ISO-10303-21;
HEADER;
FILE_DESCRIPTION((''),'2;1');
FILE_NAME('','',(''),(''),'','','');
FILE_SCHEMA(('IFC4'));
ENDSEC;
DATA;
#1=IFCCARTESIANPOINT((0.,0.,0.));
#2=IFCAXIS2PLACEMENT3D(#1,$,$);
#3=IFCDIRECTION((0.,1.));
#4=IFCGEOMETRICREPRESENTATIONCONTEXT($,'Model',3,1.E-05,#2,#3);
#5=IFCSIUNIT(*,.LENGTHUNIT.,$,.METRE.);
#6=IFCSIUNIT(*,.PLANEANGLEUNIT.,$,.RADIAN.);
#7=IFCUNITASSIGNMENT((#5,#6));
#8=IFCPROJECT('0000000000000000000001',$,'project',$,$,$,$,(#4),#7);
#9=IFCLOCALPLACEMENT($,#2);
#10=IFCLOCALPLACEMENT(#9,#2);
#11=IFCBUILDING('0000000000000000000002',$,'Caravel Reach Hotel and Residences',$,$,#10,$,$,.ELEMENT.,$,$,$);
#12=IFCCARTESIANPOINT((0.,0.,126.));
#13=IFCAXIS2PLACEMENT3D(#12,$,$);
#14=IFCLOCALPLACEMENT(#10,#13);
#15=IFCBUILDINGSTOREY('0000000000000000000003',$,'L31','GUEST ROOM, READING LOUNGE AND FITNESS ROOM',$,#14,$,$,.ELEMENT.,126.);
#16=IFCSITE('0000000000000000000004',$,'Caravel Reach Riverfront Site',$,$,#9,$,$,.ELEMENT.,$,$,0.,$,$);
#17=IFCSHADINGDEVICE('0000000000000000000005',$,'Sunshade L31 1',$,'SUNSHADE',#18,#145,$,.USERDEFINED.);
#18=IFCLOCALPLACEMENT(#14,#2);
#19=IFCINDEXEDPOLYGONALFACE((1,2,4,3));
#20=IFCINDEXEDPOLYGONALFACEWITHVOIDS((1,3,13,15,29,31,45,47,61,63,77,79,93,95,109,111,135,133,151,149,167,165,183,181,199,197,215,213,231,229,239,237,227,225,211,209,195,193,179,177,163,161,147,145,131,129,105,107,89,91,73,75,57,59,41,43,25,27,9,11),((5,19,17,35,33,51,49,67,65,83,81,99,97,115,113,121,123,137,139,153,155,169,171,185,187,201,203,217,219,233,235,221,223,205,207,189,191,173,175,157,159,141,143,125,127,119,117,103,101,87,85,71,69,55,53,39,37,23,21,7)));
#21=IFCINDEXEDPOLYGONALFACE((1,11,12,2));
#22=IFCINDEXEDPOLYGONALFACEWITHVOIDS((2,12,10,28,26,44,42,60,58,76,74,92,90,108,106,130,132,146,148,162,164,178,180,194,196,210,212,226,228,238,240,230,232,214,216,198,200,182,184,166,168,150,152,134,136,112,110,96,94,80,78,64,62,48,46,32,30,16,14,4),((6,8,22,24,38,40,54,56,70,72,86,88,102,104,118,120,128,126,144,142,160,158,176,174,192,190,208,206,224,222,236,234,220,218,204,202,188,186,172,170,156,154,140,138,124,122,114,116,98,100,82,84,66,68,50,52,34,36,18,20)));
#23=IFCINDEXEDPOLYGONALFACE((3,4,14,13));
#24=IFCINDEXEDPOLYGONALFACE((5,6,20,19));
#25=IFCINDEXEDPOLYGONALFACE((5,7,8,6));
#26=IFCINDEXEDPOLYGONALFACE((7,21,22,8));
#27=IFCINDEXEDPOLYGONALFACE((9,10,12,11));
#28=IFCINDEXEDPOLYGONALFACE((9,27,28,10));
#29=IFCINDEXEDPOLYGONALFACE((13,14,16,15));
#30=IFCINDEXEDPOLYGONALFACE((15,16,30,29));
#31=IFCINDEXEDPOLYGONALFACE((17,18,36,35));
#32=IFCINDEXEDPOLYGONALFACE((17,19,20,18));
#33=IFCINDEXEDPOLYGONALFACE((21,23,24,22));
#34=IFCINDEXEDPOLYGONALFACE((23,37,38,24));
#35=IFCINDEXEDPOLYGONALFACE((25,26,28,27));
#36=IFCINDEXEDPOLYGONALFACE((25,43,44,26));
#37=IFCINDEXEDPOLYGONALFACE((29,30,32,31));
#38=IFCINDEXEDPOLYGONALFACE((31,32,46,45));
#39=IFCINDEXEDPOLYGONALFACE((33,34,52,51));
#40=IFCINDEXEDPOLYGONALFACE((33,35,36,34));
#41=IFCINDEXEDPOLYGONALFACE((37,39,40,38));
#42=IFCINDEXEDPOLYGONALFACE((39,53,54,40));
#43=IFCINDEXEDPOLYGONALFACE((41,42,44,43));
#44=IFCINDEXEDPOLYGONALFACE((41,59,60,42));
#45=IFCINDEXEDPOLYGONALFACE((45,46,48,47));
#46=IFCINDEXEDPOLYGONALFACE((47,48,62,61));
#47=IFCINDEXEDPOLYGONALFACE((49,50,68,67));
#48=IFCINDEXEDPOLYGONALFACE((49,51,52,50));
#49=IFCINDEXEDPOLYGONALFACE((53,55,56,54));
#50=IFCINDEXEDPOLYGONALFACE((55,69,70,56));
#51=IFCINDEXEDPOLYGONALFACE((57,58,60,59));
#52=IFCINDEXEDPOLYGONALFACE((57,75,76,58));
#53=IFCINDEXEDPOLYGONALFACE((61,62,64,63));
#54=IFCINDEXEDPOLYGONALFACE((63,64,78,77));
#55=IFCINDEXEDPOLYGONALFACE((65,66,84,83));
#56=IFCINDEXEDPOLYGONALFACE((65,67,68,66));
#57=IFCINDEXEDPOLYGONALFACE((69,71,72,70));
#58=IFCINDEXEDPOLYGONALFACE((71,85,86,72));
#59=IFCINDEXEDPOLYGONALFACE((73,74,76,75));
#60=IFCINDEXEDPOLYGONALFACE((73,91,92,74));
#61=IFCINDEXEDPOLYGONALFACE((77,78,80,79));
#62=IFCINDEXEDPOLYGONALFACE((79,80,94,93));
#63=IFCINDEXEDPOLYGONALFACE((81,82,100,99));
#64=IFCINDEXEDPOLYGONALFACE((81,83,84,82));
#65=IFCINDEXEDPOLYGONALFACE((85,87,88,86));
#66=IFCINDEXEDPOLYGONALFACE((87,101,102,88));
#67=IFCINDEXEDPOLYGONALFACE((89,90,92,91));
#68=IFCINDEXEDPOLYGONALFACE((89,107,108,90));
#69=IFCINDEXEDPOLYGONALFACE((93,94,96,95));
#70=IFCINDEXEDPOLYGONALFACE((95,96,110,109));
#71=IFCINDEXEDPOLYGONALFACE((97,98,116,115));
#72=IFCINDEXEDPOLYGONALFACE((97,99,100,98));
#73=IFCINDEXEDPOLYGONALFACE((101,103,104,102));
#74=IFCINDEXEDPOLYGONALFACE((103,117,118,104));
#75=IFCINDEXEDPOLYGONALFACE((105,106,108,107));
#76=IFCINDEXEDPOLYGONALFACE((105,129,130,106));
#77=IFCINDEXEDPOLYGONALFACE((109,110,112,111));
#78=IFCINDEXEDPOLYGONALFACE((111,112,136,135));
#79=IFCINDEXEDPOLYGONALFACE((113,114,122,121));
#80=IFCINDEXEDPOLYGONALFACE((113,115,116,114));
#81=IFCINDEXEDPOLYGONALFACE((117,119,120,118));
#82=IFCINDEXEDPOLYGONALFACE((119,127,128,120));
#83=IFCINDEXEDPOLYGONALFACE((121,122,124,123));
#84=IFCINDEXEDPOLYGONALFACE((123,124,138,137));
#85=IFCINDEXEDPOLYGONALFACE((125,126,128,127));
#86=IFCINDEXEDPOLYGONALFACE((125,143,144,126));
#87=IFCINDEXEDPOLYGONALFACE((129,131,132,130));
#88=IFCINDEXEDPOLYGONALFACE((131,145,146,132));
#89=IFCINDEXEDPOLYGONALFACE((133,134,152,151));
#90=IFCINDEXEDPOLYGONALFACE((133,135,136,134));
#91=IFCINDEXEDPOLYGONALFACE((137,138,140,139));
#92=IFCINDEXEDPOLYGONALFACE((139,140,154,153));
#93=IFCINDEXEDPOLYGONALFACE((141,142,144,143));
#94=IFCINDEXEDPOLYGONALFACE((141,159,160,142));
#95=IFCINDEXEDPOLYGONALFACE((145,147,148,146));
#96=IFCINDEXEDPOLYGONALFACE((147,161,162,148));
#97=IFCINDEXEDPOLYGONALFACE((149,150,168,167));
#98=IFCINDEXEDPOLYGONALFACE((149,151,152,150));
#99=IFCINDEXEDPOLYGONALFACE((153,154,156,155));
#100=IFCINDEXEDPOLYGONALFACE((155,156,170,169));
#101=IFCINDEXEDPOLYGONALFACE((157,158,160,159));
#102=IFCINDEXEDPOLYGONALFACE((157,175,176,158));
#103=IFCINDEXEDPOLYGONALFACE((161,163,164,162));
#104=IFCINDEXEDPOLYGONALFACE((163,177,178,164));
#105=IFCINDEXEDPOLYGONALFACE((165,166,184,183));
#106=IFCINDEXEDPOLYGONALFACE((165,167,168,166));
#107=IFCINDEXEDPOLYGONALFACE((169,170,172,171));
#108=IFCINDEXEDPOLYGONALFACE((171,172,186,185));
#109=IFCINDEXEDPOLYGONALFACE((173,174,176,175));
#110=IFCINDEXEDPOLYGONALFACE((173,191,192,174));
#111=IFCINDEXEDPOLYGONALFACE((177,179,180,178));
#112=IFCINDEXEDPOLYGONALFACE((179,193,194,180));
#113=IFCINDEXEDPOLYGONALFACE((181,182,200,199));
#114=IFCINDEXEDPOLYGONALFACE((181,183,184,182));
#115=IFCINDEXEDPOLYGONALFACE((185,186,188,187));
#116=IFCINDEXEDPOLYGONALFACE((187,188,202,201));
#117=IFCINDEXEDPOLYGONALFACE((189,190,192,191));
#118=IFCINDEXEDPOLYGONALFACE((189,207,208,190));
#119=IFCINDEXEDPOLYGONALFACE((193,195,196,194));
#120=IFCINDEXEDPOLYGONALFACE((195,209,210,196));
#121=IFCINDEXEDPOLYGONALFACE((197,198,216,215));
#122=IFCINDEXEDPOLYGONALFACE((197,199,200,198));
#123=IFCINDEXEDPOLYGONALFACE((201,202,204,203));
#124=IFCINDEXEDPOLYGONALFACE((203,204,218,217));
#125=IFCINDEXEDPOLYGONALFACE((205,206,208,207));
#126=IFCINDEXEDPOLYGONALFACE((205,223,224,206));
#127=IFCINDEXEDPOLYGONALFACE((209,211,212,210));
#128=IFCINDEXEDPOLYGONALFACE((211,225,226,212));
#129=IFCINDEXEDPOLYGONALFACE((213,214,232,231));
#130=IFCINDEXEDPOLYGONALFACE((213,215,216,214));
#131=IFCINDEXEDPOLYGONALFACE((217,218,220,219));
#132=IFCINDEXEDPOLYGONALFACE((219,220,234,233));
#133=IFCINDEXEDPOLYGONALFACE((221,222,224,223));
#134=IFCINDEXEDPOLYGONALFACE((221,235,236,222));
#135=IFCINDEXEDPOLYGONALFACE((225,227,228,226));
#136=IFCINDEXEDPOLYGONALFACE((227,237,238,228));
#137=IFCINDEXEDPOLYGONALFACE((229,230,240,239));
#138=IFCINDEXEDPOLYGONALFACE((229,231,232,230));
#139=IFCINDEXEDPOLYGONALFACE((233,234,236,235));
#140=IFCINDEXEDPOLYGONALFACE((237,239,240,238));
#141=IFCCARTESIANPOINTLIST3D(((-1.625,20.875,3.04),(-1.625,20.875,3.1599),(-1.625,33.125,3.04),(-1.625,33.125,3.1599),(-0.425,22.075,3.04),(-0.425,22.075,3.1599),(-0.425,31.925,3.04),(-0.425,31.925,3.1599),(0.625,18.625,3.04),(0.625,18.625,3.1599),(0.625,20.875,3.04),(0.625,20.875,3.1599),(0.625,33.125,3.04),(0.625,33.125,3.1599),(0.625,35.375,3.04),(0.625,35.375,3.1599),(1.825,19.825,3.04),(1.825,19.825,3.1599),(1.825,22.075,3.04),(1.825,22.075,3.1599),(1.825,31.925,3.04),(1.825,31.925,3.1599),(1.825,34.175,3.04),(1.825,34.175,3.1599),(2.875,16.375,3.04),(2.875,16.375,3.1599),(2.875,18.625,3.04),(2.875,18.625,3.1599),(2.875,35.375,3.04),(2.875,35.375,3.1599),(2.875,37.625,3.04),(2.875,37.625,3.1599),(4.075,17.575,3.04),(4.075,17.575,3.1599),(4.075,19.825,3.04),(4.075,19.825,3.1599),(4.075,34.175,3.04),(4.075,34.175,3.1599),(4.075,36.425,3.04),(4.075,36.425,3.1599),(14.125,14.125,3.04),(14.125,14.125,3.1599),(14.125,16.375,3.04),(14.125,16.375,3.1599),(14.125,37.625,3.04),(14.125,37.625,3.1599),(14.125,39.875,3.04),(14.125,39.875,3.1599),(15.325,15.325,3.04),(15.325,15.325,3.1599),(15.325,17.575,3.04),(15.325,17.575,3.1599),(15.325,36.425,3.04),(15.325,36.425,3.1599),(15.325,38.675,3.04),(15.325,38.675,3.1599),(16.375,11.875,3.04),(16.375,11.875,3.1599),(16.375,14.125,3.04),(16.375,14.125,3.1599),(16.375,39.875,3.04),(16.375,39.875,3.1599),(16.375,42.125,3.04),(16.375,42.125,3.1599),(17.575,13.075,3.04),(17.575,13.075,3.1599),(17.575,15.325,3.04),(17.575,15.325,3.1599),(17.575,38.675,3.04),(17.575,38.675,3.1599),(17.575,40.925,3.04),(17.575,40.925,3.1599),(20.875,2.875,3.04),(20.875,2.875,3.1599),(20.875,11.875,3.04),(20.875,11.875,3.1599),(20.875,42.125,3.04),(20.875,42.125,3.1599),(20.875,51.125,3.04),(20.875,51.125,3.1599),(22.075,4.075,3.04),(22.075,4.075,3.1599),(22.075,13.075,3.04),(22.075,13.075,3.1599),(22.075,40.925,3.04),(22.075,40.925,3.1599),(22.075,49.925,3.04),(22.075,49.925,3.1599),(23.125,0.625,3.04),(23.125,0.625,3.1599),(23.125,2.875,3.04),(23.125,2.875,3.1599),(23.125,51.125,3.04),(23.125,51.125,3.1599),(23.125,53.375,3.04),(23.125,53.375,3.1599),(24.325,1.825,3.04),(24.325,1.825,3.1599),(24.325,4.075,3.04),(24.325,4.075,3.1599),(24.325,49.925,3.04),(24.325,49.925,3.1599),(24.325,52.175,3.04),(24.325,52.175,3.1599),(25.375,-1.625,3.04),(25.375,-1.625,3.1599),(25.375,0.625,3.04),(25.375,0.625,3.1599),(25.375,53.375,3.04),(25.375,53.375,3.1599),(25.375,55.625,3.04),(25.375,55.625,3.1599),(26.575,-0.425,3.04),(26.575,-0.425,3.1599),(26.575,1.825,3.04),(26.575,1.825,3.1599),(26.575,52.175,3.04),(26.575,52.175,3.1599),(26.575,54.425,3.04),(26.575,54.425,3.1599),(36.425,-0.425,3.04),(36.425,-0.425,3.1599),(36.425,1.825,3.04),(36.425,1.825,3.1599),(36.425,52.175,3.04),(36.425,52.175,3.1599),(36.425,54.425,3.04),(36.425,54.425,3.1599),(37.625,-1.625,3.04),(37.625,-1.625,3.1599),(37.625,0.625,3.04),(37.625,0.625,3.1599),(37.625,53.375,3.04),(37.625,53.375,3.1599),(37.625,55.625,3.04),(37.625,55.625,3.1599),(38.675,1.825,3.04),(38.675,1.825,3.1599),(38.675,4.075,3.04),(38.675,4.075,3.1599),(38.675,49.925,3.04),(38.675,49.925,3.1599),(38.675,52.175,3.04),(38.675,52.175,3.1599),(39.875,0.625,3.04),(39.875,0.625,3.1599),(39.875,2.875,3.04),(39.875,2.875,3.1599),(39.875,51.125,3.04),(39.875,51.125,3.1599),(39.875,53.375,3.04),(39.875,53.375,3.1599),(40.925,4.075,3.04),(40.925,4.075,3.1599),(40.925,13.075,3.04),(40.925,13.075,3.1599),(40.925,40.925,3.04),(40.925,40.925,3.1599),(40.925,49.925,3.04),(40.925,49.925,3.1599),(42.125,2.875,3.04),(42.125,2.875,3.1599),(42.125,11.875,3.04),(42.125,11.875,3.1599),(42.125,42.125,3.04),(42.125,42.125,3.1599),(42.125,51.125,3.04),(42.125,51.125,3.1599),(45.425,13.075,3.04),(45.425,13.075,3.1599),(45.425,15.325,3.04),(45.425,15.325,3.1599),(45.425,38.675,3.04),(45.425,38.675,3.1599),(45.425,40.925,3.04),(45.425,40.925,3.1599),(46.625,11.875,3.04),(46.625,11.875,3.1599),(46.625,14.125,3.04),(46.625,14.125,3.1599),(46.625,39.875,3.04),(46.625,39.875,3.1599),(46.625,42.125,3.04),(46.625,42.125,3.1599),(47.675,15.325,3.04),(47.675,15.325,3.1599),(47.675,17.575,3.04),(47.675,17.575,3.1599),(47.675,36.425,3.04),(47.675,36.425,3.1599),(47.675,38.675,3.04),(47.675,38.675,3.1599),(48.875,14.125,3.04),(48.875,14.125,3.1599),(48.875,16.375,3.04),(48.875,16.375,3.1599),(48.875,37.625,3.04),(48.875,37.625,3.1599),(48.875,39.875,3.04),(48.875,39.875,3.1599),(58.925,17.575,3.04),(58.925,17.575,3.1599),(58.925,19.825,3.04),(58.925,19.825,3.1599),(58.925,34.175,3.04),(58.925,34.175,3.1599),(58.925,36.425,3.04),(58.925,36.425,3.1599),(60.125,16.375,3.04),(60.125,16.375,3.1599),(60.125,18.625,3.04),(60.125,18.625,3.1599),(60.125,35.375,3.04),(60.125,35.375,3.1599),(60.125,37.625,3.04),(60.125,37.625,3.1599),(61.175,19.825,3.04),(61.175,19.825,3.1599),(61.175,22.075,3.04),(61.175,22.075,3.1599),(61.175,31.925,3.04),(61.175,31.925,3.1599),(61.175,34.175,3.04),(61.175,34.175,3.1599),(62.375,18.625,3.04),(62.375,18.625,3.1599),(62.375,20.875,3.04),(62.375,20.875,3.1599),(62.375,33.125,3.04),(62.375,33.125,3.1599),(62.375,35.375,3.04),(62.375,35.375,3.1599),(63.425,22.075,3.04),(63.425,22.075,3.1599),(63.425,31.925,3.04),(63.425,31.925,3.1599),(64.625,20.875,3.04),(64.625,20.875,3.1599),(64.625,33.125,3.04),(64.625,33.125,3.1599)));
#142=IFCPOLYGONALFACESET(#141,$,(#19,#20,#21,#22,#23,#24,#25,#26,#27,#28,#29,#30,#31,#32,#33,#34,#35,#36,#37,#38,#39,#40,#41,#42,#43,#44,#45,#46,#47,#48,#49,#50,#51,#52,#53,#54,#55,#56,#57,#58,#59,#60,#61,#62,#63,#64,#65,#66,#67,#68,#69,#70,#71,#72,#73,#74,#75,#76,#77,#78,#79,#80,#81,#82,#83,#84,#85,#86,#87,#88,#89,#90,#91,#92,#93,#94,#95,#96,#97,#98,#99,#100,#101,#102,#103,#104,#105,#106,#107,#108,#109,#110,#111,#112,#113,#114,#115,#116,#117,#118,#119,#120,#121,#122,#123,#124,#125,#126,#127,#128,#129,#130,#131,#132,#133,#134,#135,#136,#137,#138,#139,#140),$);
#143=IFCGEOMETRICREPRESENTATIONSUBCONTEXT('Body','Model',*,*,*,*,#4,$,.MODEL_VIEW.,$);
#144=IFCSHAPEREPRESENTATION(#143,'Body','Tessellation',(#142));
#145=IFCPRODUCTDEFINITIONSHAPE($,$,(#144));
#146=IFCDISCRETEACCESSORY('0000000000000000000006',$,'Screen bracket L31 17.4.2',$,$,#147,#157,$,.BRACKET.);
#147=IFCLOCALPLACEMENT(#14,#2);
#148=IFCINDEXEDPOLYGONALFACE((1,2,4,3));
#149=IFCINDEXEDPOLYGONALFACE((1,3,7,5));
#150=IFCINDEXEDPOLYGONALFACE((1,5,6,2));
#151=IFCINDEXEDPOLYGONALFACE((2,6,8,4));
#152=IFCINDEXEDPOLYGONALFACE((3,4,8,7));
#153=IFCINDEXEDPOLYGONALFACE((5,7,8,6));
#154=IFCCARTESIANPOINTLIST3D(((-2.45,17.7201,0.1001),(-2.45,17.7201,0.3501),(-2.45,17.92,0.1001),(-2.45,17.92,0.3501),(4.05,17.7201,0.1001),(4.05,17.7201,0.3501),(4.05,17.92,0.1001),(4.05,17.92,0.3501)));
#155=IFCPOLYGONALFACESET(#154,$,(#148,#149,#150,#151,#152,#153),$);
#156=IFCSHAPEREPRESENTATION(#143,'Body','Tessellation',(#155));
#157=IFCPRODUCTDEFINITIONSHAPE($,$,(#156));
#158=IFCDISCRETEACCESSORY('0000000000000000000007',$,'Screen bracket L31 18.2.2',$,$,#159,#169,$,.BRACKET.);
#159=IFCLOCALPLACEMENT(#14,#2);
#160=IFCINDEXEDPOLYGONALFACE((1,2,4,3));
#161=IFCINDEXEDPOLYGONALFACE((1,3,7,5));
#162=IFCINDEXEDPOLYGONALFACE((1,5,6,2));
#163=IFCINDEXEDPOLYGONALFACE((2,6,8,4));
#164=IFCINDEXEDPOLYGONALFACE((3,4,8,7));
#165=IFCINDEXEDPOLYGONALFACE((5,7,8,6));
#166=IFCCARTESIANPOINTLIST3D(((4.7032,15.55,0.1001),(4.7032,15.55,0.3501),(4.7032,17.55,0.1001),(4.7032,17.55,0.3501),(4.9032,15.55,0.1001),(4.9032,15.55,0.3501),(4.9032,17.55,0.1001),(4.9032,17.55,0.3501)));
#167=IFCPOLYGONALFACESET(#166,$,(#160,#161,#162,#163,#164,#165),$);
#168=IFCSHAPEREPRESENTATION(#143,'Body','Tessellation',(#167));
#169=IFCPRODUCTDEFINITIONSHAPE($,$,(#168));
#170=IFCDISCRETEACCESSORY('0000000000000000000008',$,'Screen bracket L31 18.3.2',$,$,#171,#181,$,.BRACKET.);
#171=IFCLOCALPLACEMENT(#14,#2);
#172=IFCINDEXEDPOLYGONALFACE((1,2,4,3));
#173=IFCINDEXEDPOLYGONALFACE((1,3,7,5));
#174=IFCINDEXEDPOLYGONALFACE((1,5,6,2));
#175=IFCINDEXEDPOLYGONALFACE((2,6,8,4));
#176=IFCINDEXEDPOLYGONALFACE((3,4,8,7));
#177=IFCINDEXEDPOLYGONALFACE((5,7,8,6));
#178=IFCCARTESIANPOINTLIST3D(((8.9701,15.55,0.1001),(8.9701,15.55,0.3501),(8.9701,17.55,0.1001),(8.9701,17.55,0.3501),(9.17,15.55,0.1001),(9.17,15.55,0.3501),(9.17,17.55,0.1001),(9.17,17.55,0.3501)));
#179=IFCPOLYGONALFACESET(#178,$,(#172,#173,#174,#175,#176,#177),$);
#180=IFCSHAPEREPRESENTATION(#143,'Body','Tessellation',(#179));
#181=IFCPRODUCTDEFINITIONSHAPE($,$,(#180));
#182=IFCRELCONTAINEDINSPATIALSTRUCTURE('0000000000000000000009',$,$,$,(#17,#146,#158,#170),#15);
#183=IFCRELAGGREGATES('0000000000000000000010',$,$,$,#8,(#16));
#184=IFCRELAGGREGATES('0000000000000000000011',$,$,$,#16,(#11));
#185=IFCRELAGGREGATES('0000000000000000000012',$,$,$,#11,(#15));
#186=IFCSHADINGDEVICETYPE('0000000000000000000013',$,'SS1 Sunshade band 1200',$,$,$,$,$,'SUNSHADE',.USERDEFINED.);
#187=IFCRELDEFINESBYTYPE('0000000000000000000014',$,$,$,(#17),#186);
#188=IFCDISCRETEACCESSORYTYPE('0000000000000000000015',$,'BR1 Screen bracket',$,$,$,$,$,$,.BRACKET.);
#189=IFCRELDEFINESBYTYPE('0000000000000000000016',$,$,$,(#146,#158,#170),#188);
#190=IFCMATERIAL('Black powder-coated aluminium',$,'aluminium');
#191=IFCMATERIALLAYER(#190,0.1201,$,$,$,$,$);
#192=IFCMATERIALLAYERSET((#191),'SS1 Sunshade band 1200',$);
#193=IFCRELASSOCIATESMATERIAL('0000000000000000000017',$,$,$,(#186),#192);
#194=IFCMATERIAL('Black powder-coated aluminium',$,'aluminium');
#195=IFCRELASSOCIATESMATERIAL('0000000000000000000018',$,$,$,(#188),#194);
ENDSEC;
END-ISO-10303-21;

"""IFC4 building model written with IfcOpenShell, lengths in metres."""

from ifc_helpers import new_model, si_unit, direction, frame, origin, origin_2d, place, context, subcontext, project, spatial, polyline, rectangle, outline, extrude, material, layer, layer_set, type_object, element, save


model = new_model("IFC4")

# Units and contexts
model_context = context("Model", 3, precision=1e-05, world=origin(), true_north=direction((0.0, 1.0)))
body_context = subcontext(model_context, "Body", "Model", "MODEL_VIEW")
ifc_project = project(units=[si_unit("LENGTHUNIT", "METRE"), si_unit("PLANEANGLEUNIT", "RADIAN")], contexts=[model_context])

# Site, building, storey
site_placement = place(None, origin())
site = spatial("IfcSite", under=ifc_project, at=site_placement, Name="Caravel Reach Riverfront Site", CompositionType="ELEMENT", RefElevation=0.0)
building_placement = place(site_placement, origin())
building = spatial("IfcBuilding", under=site, at=building_placement, Name="Caravel Reach Hotel and Residences", CompositionType="ELEMENT")
storey_placement = place(building_placement, frame((0.0, 0.0, 126.0)))
storey = spatial("IfcBuildingStorey", under=building, at=storey_placement, Name="L31", Description="GUEST ROOM, READING LOUNGE AND FITNESS ROOM", CompositionType="ELEMENT", Elevation=126.0)

# Shading device
ifc_material_1 = material(Name="Black powder-coated aluminium", Category="aluminium")
ifc_layer_1 = layer(ifc_material_1, 0.1201)
ifc_layer_set_1 = layer_set([ifc_layer_1], Name="SS1 Sunshade band 1200")
shading_device_type = type_object("IfcShadingDeviceType", Name="SS1 Sunshade band 1200", ElementType="SUNSHADE", PredefinedType="USERDEFINED", material=ifc_layer_set_1)
shading_device_placement = place(storey_placement, frame((0.0, 0.0, 3.04)))
element("IfcShadingDevice", 1, at=shading_device_placement, inside=storey, type_object=shading_device_type, Name="Sunshade L31 1", ObjectType="SUNSHADE", PredefinedType="USERDEFINED", context=body_context, shape_type="SweptSolid", body=[
    extrude(outline(polyline([(20.875, 11.875), (20.875, 2.875), (23.125, 2.875), (23.125, 0.625), (25.375, 0.625), (25.375, -1.625), (37.625, -1.625), (37.625, 0.625), (39.875, 0.625), (39.875, 2.875), (42.125, 2.875), (42.125, 11.875), (46.625, 11.875), (46.625, 14.125), (48.875, 14.125), (48.875, 16.375), (60.125, 16.375), (60.125, 18.625), (62.375, 18.625), (62.375, 20.875), (64.625, 20.875), (64.625, 33.125), (62.375, 33.125), (62.375, 35.375), (60.125, 35.375), (60.125, 37.625), (48.875, 37.625), (48.875, 39.875), (46.625, 39.875), (46.625, 42.125), (42.125, 42.125), (42.125, 51.125), (39.875, 51.125), (39.875, 53.375), (37.625, 53.375), (37.625, 55.625), (25.375, 55.625), (25.375, 53.375), (23.125, 53.375), (23.125, 51.125), (20.875, 51.125), (20.875, 42.125), (16.375, 42.125), (16.375, 39.875), (14.125, 39.875), (14.125, 37.625), (2.875, 37.625), (2.875, 35.375), (0.625, 35.375), (0.625, 33.125), (-1.625, 33.125), (-1.625, 20.875), (0.625, 20.875), (0.625, 18.625), (2.875, 18.625), (2.875, 16.375), (14.125, 16.375), (14.125, 14.125), (16.375, 14.125), (16.375, 11.875), (20.875, 11.875)]), holes=[polyline([(24.325, 4.075), (22.075, 4.075), (22.075, 13.075), (17.575, 13.075), (17.575, 15.325), (15.325, 15.325), (15.325, 17.575), (4.075, 17.575), (4.075, 19.825), (1.825, 19.825), (1.825, 22.075), (-0.425, 22.075), (-0.425, 31.925), (1.825, 31.925), (1.825, 34.175), (4.075, 34.175), (4.075, 36.425), (15.325, 36.425), (15.325, 38.675), (17.575, 38.675), (17.575, 40.925), (22.075, 40.925), (22.075, 49.925), (24.325, 49.925), (24.325, 52.175), (26.575, 52.175), (26.575, 54.425), (36.425, 54.425), (36.425, 52.175), (38.675, 52.175), (38.675, 49.925), (40.925, 49.925), (40.925, 40.925), (45.425, 40.925), (45.425, 38.675), (47.675, 38.675), (47.675, 36.425), (58.925, 36.425), (58.925, 34.175), (61.175, 34.175), (61.175, 31.925), (63.425, 31.925), (63.425, 22.075), (61.175, 22.075), (61.175, 19.825), (58.925, 19.825), (58.925, 17.575), (47.675, 17.575), (47.675, 15.325), (45.425, 15.325), (45.425, 13.075), (40.925, 13.075), (40.925, 4.075), (38.675, 4.075), (38.675, 1.825), (36.425, 1.825), (36.425, -0.425), (26.575, -0.425), (26.575, 1.825), (24.325, 1.825), (24.325, 4.075)])]), origin(), (0.0, 0.0, 1.0), 0.1199),
])

# Discrete accessories
ifc_material_2 = material(Name="Black powder-coated aluminium", Category="aluminium")
discrete_accessory_type = type_object("IfcDiscreteAccessoryType", Name="BR1 Screen bracket", PredefinedType="BRACKET", material=ifc_material_2)
discrete_accessory_1_placement = place(storey_placement, frame((0.8, 17.8201, 0.1001), z_axis=(0.0, 0.0, 1.0), x_axis=(-1.0, 0.0, 0.0)))
element("IfcDiscreteAccessory", 2, at=discrete_accessory_1_placement, inside=storey, type_object=discrete_accessory_type, Name="Screen bracket L31 17.4.2", PredefinedType="BRACKET", context=body_context, shape_type="SweptSolid", body=[
    extrude(rectangle(XDim=6.5, YDim=0.2, at=origin_2d()), origin(), (0.0, 0.0, 1.0), 0.25),
])
for number, where, z_axis, x_axis, name in (
    (3, (4.8032, 16.55, 0.1001), (0.0, 0.0, 1.0), (0.0, -1.0, 0.0), "Screen bracket L31 18.2.2"),
    (4, (9.0701, 16.55, 0.1001), (0.0, 0.0, 1.0), (0.0, -1.0, 0.0), "Screen bracket L31 18.3.2"),
):
    element("IfcDiscreteAccessory", number, at=place(storey_placement, frame(where, z_axis=z_axis, x_axis=x_axis)), inside=storey, type_object=discrete_accessory_type, Name=name, PredefinedType="BRACKET", context=body_context, shape_type="SweptSolid", body=[
        extrude(rectangle(XDim=2.0, YDim=0.2, at=origin_2d()), origin(), (0.0, 0.0, 1.0), 0.25),
    ])

save(model, "model.ifc")
